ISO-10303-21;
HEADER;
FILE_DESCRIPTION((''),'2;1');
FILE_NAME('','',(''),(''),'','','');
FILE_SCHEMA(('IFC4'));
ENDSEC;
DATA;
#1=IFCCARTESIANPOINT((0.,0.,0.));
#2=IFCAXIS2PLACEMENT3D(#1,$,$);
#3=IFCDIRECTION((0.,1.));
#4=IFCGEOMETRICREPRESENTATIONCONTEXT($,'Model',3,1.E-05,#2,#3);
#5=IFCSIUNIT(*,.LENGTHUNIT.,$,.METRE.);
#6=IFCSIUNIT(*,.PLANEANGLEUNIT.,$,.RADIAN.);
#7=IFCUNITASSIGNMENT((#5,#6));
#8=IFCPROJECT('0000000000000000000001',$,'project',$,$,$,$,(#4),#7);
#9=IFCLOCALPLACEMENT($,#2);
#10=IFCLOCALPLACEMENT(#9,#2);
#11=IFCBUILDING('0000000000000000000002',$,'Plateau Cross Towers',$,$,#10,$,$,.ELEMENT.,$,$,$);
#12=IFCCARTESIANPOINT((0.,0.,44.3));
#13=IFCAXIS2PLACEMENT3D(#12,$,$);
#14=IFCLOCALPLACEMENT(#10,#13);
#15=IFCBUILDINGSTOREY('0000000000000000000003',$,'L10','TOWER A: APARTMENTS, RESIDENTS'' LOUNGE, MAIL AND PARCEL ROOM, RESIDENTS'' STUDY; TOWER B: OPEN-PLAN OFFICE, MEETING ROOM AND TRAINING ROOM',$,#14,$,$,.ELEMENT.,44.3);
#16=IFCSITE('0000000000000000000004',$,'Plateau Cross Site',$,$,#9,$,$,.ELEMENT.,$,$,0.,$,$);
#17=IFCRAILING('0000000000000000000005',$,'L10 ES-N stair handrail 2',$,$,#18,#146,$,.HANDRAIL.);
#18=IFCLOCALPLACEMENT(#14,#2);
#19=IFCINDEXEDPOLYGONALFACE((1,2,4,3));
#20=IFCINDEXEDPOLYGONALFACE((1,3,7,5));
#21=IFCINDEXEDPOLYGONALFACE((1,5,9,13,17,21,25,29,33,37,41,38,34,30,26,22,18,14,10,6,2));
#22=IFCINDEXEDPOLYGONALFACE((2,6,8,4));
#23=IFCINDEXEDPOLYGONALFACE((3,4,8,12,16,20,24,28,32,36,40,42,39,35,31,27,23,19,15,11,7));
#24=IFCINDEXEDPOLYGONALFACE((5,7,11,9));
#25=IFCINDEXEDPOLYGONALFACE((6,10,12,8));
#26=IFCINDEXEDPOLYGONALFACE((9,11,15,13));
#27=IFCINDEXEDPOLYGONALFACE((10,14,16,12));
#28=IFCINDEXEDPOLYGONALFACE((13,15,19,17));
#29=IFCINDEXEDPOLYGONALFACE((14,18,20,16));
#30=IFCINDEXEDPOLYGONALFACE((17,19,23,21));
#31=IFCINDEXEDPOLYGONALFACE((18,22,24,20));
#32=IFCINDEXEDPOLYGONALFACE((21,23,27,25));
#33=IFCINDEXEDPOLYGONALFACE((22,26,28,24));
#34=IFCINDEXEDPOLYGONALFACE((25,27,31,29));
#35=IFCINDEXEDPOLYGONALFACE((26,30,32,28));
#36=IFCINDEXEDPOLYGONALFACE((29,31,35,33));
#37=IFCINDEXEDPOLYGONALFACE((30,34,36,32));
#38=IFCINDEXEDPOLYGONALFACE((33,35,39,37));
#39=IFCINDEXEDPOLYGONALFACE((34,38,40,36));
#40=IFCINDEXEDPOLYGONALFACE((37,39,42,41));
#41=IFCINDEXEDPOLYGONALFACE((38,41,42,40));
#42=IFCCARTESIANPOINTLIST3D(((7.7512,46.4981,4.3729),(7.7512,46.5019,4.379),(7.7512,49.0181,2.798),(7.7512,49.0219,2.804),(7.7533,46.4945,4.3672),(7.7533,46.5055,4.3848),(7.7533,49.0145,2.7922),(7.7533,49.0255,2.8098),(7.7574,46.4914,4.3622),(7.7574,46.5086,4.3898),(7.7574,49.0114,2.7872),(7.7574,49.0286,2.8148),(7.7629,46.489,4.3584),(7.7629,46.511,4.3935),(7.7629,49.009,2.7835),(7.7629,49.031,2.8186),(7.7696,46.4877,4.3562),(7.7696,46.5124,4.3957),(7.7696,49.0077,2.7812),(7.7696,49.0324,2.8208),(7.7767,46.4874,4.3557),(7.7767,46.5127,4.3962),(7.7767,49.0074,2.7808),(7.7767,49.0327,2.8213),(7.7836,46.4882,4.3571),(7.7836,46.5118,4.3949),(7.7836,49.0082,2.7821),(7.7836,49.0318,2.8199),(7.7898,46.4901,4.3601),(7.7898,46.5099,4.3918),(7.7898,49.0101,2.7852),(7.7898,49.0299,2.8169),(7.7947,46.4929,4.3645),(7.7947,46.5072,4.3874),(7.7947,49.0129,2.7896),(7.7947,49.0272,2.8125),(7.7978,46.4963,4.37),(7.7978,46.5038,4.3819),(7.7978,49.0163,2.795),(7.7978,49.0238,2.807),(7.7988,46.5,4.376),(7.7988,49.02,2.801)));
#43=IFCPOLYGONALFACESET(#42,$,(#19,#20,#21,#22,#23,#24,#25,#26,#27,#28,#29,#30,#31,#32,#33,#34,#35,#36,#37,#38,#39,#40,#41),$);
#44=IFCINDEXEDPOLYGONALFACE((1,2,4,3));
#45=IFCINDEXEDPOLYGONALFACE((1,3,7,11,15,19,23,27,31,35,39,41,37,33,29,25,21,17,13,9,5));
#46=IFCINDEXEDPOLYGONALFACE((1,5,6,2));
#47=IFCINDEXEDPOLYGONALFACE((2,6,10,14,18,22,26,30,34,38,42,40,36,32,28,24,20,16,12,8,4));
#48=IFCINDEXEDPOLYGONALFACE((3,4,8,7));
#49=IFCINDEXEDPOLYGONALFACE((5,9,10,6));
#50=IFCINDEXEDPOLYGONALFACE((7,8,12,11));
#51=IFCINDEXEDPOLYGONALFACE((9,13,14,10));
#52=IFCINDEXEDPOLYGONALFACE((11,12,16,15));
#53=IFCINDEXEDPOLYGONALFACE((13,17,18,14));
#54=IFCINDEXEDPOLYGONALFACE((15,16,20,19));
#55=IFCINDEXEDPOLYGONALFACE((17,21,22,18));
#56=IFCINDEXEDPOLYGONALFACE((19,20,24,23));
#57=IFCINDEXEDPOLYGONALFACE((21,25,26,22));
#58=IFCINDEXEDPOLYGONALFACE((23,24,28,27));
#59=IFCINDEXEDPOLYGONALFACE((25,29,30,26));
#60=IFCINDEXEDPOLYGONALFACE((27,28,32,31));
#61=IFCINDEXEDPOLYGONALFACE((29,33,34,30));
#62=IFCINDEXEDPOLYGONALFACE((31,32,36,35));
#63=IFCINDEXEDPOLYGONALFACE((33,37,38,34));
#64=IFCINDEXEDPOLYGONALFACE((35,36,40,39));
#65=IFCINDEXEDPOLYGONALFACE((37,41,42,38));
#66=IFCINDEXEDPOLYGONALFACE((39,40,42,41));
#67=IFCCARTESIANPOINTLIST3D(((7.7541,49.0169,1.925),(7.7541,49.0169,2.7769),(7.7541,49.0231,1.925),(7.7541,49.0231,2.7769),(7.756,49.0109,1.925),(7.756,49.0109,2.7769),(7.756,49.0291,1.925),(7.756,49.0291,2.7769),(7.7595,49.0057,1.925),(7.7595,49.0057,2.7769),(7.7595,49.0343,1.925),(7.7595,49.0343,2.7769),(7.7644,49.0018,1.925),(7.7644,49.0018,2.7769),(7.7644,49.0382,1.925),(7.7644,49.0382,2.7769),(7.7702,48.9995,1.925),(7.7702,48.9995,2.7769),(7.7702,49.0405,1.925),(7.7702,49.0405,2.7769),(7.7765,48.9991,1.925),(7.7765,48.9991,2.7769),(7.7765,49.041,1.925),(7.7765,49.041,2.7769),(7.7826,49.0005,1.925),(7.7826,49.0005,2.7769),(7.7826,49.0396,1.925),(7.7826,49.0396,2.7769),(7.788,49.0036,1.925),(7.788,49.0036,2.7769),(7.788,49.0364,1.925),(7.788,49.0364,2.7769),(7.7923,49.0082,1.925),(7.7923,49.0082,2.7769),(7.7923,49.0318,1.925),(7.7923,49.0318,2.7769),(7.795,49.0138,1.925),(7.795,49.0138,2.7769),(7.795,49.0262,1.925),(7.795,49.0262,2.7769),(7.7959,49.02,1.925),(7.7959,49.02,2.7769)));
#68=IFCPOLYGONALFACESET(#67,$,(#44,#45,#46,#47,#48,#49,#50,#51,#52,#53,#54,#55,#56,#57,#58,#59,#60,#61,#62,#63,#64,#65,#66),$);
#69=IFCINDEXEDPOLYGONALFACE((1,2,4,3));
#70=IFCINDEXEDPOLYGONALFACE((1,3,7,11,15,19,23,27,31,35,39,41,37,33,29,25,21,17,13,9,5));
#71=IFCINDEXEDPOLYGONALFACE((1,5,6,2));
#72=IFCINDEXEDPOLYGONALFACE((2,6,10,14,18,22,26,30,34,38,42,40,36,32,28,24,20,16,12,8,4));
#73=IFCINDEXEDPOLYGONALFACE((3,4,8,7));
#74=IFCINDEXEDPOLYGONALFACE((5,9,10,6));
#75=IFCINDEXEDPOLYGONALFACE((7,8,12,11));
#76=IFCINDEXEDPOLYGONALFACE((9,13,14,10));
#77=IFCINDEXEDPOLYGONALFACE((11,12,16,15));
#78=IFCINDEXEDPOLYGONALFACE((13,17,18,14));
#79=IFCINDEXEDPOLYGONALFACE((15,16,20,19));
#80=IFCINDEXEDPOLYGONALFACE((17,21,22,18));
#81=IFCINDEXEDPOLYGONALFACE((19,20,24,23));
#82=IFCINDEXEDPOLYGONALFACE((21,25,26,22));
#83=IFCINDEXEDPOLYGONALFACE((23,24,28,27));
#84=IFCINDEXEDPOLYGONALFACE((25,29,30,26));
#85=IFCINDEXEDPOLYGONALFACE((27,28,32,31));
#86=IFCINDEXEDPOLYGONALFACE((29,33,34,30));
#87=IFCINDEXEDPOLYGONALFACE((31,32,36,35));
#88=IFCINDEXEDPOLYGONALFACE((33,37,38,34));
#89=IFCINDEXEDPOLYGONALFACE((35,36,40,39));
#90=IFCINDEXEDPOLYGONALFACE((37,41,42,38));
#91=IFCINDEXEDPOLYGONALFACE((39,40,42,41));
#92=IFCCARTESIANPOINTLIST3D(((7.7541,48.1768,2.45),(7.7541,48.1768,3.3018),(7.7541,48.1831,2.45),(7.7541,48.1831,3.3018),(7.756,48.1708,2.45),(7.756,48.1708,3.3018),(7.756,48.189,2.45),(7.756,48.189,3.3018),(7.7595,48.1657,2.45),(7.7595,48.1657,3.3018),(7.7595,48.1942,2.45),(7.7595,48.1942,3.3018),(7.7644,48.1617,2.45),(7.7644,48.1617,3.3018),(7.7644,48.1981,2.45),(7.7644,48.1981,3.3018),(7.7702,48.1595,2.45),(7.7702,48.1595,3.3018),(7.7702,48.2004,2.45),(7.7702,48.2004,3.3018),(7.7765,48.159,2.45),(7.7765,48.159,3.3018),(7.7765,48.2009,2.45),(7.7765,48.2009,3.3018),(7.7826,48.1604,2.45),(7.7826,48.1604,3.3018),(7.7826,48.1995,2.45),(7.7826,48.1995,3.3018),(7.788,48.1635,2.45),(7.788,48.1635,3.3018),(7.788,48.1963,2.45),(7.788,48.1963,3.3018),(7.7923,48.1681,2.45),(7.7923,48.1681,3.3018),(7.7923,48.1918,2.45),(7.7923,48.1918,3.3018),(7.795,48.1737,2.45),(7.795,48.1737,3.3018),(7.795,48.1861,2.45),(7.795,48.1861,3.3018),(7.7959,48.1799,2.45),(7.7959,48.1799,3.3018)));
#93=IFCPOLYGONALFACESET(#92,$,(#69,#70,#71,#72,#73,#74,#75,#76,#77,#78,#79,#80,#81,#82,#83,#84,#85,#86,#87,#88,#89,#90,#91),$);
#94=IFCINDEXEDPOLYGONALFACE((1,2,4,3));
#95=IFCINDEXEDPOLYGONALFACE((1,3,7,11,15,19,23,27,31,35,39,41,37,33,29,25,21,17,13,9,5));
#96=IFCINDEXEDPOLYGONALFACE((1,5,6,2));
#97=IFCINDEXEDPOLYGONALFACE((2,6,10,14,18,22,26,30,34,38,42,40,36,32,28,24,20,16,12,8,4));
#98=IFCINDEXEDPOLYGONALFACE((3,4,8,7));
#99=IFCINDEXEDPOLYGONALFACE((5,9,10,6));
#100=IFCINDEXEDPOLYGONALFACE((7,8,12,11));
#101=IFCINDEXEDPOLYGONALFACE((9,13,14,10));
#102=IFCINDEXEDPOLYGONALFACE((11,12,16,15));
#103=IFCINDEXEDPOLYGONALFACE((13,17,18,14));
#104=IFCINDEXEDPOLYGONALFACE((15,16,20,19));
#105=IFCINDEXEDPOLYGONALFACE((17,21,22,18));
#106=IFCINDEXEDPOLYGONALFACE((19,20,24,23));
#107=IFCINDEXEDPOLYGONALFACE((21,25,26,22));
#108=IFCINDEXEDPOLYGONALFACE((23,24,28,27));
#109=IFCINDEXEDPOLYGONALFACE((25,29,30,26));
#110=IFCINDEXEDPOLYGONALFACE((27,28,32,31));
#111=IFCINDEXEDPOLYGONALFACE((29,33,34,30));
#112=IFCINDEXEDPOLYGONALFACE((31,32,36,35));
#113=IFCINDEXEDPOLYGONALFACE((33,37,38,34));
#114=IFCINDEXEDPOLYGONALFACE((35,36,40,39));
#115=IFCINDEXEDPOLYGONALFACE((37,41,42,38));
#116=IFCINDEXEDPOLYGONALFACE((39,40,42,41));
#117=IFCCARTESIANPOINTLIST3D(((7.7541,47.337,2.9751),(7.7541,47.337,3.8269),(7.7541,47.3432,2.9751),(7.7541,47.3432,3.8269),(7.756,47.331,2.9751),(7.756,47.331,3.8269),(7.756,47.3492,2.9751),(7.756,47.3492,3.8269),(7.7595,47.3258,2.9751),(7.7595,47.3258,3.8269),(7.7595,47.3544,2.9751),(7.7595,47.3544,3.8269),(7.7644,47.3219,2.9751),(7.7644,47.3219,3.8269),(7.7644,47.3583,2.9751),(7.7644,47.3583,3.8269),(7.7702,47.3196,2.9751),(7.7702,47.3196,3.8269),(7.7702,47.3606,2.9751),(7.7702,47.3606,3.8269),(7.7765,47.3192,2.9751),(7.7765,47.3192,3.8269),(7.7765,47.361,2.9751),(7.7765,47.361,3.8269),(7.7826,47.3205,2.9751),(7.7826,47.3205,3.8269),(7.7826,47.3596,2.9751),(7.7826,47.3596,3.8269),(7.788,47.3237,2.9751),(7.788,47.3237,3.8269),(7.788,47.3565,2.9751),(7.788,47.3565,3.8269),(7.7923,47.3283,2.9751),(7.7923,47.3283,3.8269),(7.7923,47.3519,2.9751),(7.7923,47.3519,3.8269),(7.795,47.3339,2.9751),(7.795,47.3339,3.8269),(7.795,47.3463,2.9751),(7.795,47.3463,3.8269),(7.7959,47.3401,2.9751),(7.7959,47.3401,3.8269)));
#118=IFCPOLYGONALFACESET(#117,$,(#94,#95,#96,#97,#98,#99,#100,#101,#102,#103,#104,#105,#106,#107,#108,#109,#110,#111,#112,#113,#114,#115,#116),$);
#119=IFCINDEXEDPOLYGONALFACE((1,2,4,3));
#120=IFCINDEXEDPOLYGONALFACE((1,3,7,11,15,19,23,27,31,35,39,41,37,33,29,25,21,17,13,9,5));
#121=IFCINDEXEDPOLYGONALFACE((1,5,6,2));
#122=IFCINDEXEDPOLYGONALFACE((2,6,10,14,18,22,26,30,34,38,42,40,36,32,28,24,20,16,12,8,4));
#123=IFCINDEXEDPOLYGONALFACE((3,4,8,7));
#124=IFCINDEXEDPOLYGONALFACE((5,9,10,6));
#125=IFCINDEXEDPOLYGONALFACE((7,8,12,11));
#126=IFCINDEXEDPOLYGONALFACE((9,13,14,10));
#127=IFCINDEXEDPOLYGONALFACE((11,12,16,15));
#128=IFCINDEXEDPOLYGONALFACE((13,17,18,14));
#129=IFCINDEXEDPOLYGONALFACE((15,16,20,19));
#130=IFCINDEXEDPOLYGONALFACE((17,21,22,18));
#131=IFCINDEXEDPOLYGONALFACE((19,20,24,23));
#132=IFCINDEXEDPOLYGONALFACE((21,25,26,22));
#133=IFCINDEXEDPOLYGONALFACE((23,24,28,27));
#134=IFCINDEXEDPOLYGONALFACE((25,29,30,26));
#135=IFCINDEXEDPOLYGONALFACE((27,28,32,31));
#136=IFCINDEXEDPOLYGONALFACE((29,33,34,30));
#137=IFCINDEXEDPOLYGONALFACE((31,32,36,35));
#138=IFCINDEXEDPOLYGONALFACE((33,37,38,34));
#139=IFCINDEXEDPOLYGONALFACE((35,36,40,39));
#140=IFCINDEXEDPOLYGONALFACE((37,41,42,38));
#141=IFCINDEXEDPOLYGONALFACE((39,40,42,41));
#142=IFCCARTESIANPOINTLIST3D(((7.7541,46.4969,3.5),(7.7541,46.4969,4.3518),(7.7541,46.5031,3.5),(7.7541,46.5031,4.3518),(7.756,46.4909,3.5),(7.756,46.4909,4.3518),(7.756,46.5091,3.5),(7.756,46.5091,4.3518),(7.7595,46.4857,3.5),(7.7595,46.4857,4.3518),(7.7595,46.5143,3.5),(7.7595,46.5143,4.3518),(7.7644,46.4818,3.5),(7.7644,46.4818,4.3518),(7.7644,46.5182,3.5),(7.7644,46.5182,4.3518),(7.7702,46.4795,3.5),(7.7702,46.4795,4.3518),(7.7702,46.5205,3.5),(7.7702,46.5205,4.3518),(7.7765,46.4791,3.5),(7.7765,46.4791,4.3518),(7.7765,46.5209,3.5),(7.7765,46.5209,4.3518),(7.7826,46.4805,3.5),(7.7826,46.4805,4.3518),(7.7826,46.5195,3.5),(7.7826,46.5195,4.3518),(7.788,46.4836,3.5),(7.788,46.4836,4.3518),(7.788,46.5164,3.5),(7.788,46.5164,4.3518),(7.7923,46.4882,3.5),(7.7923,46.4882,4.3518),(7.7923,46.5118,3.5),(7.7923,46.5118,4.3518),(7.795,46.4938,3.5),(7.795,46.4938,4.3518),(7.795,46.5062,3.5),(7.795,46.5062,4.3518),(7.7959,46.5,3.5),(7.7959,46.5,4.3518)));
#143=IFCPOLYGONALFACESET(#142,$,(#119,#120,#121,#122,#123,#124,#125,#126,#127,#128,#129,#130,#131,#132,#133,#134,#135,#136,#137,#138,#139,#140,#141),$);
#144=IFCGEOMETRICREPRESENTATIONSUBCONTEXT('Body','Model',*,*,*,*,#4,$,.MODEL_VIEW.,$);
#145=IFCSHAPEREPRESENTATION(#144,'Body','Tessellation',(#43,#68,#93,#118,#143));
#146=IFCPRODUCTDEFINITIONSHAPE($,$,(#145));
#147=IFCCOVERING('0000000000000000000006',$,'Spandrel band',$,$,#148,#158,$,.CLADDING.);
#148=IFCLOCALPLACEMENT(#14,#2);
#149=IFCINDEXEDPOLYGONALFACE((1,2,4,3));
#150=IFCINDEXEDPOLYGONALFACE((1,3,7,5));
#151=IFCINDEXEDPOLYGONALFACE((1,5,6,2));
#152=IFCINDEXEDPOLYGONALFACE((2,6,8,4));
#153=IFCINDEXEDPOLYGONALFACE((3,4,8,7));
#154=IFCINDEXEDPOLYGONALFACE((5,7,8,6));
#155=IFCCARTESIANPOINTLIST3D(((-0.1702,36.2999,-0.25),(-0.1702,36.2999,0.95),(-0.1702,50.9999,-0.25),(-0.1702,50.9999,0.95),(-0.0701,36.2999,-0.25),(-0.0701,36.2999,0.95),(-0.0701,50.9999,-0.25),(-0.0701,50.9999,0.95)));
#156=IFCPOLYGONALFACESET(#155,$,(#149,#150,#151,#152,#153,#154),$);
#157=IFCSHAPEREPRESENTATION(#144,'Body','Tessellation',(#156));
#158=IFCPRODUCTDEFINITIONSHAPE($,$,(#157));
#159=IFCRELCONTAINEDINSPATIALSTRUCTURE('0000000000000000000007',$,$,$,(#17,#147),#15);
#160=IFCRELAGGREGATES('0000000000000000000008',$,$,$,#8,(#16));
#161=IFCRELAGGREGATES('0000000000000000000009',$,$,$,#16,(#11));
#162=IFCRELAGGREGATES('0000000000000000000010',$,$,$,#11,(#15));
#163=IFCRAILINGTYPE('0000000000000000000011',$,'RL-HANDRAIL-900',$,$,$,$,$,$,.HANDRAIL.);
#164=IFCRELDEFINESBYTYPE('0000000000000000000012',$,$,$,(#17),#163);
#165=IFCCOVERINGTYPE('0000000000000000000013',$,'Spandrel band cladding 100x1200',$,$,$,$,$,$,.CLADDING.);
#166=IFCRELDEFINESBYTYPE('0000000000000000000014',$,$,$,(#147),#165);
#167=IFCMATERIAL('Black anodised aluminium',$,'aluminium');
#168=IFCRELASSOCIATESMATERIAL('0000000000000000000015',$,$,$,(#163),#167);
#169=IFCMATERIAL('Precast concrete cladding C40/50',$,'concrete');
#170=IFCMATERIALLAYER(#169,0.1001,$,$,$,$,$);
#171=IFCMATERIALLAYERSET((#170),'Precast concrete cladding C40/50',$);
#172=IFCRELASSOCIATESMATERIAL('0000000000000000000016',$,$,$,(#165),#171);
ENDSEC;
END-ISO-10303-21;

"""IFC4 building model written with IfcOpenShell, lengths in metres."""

from ifc_helpers import new_model, si_unit, direction, frame, origin, origin_2d, place, context, subcontext, project, spatial, rectangle, circle, extrude, material, layer, layer_set, type_object, element, save


model = new_model("IFC4")

# Units and contexts
model_context = context("Model", 3, precision=1e-05, world=origin(), true_north=direction((0.0, 1.0)))
body_context = subcontext(model_context, "Body", "Model", "MODEL_VIEW")
ifc_project = project(units=[si_unit("LENGTHUNIT", "METRE"), si_unit("PLANEANGLEUNIT", "RADIAN")], contexts=[model_context])

# Site, building, storey
site_placement = place(None, origin())
site = spatial("IfcSite", under=ifc_project, at=site_placement, Name="Plateau Cross Site", CompositionType="ELEMENT", RefElevation=0.0)
building_placement = place(site_placement, origin())
building = spatial("IfcBuilding", under=site, at=building_placement, Name="Plateau Cross Towers", CompositionType="ELEMENT")
storey_placement = place(building_placement, frame((0.0, 0.0, 44.3)))
storey = spatial("IfcBuildingStorey", under=building, at=storey_placement, Name="L10", Description="TOWER A: APARTMENTS, RESIDENTS' LOUNGE, MAIL AND PARCEL ROOM, RESIDENTS' STUDY; TOWER B: OPEN-PLAN OFFICE, MEETING ROOM AND TRAINING ROOM", CompositionType="ELEMENT", Elevation=44.3)

# Shared definitions
ifc_material_1 = material(Name="Black anodised aluminium", Category="aluminium")

# Railing
railing_type_1 = type_object("IfcRailingType", Name="RL-HANDRAIL-900", PredefinedType="HANDRAIL", material=ifc_material_1)
railing_1_placement = place(storey_placement, frame((7.7749, 49.02, 1.925)))
element("IfcRailing", 1, at=railing_1_placement, inside=storey, type_object=railing_type_1, Name="L10 ES-N stair handrail 2", PredefinedType="HANDRAIL", context=body_context, shape_type="SweptSolid", body=[
    extrude(circle(Radius=0.0239, at=origin_2d()), frame((0.0, 0.0, 0.876), z_axis=(0.0, -0.848008, 0.529984), x_axis=(1.0, 0.0, 0.0)), (0.0, 0.0, 1.0), 2.9717),
    extrude(circle(Radius=0.021, at=origin_2d()), origin(), (0.0, 0.0, 1.0), 0.8518),
    extrude(circle(Radius=0.021, at=origin_2d()), frame((0.0, -0.8401, 0.5249)), (0.0, 0.0, 1.0), 0.8518),
    extrude(circle(Radius=0.021, at=origin_2d()), frame((0.0, -1.6799, 1.05)), (0.0, 0.0, 1.0), 0.8518),
    extrude(circle(Radius=0.021, at=origin_2d()), frame((0.0, -2.52, 1.575)), (0.0, 0.0, 1.0), 0.8518),
])

# Covering
ifc_material_2 = material(Name="Precast concrete cladding C40/50", Category="concrete")
ifc_layer_1 = layer(ifc_material_2, 0.1001)
ifc_layer_set_1 = layer_set([ifc_layer_1], Name="Precast concrete cladding C40/50")
covering_type = type_object("IfcCoveringType", Name="Spandrel band cladding 100x1200", PredefinedType="CLADDING", material=ifc_layer_set_1)
covering_placement = place(storey_placement, frame((-0.1201, 43.6499, -0.25), z_axis=(0.0, 0.0, 1.0), x_axis=(0.0, -1.0, 0.0)))
element("IfcCovering", 2, at=covering_placement, inside=storey, type_object=covering_type, Name="Spandrel band", PredefinedType="CLADDING", context=body_context, shape_type="SweptSolid", body=[
    extrude(rectangle(XDim=14.7, YDim=0.1001, at=origin_2d()), origin(), (0.0, 0.0, 1.0), 1.2),
])

save(model, "model.ifc")
